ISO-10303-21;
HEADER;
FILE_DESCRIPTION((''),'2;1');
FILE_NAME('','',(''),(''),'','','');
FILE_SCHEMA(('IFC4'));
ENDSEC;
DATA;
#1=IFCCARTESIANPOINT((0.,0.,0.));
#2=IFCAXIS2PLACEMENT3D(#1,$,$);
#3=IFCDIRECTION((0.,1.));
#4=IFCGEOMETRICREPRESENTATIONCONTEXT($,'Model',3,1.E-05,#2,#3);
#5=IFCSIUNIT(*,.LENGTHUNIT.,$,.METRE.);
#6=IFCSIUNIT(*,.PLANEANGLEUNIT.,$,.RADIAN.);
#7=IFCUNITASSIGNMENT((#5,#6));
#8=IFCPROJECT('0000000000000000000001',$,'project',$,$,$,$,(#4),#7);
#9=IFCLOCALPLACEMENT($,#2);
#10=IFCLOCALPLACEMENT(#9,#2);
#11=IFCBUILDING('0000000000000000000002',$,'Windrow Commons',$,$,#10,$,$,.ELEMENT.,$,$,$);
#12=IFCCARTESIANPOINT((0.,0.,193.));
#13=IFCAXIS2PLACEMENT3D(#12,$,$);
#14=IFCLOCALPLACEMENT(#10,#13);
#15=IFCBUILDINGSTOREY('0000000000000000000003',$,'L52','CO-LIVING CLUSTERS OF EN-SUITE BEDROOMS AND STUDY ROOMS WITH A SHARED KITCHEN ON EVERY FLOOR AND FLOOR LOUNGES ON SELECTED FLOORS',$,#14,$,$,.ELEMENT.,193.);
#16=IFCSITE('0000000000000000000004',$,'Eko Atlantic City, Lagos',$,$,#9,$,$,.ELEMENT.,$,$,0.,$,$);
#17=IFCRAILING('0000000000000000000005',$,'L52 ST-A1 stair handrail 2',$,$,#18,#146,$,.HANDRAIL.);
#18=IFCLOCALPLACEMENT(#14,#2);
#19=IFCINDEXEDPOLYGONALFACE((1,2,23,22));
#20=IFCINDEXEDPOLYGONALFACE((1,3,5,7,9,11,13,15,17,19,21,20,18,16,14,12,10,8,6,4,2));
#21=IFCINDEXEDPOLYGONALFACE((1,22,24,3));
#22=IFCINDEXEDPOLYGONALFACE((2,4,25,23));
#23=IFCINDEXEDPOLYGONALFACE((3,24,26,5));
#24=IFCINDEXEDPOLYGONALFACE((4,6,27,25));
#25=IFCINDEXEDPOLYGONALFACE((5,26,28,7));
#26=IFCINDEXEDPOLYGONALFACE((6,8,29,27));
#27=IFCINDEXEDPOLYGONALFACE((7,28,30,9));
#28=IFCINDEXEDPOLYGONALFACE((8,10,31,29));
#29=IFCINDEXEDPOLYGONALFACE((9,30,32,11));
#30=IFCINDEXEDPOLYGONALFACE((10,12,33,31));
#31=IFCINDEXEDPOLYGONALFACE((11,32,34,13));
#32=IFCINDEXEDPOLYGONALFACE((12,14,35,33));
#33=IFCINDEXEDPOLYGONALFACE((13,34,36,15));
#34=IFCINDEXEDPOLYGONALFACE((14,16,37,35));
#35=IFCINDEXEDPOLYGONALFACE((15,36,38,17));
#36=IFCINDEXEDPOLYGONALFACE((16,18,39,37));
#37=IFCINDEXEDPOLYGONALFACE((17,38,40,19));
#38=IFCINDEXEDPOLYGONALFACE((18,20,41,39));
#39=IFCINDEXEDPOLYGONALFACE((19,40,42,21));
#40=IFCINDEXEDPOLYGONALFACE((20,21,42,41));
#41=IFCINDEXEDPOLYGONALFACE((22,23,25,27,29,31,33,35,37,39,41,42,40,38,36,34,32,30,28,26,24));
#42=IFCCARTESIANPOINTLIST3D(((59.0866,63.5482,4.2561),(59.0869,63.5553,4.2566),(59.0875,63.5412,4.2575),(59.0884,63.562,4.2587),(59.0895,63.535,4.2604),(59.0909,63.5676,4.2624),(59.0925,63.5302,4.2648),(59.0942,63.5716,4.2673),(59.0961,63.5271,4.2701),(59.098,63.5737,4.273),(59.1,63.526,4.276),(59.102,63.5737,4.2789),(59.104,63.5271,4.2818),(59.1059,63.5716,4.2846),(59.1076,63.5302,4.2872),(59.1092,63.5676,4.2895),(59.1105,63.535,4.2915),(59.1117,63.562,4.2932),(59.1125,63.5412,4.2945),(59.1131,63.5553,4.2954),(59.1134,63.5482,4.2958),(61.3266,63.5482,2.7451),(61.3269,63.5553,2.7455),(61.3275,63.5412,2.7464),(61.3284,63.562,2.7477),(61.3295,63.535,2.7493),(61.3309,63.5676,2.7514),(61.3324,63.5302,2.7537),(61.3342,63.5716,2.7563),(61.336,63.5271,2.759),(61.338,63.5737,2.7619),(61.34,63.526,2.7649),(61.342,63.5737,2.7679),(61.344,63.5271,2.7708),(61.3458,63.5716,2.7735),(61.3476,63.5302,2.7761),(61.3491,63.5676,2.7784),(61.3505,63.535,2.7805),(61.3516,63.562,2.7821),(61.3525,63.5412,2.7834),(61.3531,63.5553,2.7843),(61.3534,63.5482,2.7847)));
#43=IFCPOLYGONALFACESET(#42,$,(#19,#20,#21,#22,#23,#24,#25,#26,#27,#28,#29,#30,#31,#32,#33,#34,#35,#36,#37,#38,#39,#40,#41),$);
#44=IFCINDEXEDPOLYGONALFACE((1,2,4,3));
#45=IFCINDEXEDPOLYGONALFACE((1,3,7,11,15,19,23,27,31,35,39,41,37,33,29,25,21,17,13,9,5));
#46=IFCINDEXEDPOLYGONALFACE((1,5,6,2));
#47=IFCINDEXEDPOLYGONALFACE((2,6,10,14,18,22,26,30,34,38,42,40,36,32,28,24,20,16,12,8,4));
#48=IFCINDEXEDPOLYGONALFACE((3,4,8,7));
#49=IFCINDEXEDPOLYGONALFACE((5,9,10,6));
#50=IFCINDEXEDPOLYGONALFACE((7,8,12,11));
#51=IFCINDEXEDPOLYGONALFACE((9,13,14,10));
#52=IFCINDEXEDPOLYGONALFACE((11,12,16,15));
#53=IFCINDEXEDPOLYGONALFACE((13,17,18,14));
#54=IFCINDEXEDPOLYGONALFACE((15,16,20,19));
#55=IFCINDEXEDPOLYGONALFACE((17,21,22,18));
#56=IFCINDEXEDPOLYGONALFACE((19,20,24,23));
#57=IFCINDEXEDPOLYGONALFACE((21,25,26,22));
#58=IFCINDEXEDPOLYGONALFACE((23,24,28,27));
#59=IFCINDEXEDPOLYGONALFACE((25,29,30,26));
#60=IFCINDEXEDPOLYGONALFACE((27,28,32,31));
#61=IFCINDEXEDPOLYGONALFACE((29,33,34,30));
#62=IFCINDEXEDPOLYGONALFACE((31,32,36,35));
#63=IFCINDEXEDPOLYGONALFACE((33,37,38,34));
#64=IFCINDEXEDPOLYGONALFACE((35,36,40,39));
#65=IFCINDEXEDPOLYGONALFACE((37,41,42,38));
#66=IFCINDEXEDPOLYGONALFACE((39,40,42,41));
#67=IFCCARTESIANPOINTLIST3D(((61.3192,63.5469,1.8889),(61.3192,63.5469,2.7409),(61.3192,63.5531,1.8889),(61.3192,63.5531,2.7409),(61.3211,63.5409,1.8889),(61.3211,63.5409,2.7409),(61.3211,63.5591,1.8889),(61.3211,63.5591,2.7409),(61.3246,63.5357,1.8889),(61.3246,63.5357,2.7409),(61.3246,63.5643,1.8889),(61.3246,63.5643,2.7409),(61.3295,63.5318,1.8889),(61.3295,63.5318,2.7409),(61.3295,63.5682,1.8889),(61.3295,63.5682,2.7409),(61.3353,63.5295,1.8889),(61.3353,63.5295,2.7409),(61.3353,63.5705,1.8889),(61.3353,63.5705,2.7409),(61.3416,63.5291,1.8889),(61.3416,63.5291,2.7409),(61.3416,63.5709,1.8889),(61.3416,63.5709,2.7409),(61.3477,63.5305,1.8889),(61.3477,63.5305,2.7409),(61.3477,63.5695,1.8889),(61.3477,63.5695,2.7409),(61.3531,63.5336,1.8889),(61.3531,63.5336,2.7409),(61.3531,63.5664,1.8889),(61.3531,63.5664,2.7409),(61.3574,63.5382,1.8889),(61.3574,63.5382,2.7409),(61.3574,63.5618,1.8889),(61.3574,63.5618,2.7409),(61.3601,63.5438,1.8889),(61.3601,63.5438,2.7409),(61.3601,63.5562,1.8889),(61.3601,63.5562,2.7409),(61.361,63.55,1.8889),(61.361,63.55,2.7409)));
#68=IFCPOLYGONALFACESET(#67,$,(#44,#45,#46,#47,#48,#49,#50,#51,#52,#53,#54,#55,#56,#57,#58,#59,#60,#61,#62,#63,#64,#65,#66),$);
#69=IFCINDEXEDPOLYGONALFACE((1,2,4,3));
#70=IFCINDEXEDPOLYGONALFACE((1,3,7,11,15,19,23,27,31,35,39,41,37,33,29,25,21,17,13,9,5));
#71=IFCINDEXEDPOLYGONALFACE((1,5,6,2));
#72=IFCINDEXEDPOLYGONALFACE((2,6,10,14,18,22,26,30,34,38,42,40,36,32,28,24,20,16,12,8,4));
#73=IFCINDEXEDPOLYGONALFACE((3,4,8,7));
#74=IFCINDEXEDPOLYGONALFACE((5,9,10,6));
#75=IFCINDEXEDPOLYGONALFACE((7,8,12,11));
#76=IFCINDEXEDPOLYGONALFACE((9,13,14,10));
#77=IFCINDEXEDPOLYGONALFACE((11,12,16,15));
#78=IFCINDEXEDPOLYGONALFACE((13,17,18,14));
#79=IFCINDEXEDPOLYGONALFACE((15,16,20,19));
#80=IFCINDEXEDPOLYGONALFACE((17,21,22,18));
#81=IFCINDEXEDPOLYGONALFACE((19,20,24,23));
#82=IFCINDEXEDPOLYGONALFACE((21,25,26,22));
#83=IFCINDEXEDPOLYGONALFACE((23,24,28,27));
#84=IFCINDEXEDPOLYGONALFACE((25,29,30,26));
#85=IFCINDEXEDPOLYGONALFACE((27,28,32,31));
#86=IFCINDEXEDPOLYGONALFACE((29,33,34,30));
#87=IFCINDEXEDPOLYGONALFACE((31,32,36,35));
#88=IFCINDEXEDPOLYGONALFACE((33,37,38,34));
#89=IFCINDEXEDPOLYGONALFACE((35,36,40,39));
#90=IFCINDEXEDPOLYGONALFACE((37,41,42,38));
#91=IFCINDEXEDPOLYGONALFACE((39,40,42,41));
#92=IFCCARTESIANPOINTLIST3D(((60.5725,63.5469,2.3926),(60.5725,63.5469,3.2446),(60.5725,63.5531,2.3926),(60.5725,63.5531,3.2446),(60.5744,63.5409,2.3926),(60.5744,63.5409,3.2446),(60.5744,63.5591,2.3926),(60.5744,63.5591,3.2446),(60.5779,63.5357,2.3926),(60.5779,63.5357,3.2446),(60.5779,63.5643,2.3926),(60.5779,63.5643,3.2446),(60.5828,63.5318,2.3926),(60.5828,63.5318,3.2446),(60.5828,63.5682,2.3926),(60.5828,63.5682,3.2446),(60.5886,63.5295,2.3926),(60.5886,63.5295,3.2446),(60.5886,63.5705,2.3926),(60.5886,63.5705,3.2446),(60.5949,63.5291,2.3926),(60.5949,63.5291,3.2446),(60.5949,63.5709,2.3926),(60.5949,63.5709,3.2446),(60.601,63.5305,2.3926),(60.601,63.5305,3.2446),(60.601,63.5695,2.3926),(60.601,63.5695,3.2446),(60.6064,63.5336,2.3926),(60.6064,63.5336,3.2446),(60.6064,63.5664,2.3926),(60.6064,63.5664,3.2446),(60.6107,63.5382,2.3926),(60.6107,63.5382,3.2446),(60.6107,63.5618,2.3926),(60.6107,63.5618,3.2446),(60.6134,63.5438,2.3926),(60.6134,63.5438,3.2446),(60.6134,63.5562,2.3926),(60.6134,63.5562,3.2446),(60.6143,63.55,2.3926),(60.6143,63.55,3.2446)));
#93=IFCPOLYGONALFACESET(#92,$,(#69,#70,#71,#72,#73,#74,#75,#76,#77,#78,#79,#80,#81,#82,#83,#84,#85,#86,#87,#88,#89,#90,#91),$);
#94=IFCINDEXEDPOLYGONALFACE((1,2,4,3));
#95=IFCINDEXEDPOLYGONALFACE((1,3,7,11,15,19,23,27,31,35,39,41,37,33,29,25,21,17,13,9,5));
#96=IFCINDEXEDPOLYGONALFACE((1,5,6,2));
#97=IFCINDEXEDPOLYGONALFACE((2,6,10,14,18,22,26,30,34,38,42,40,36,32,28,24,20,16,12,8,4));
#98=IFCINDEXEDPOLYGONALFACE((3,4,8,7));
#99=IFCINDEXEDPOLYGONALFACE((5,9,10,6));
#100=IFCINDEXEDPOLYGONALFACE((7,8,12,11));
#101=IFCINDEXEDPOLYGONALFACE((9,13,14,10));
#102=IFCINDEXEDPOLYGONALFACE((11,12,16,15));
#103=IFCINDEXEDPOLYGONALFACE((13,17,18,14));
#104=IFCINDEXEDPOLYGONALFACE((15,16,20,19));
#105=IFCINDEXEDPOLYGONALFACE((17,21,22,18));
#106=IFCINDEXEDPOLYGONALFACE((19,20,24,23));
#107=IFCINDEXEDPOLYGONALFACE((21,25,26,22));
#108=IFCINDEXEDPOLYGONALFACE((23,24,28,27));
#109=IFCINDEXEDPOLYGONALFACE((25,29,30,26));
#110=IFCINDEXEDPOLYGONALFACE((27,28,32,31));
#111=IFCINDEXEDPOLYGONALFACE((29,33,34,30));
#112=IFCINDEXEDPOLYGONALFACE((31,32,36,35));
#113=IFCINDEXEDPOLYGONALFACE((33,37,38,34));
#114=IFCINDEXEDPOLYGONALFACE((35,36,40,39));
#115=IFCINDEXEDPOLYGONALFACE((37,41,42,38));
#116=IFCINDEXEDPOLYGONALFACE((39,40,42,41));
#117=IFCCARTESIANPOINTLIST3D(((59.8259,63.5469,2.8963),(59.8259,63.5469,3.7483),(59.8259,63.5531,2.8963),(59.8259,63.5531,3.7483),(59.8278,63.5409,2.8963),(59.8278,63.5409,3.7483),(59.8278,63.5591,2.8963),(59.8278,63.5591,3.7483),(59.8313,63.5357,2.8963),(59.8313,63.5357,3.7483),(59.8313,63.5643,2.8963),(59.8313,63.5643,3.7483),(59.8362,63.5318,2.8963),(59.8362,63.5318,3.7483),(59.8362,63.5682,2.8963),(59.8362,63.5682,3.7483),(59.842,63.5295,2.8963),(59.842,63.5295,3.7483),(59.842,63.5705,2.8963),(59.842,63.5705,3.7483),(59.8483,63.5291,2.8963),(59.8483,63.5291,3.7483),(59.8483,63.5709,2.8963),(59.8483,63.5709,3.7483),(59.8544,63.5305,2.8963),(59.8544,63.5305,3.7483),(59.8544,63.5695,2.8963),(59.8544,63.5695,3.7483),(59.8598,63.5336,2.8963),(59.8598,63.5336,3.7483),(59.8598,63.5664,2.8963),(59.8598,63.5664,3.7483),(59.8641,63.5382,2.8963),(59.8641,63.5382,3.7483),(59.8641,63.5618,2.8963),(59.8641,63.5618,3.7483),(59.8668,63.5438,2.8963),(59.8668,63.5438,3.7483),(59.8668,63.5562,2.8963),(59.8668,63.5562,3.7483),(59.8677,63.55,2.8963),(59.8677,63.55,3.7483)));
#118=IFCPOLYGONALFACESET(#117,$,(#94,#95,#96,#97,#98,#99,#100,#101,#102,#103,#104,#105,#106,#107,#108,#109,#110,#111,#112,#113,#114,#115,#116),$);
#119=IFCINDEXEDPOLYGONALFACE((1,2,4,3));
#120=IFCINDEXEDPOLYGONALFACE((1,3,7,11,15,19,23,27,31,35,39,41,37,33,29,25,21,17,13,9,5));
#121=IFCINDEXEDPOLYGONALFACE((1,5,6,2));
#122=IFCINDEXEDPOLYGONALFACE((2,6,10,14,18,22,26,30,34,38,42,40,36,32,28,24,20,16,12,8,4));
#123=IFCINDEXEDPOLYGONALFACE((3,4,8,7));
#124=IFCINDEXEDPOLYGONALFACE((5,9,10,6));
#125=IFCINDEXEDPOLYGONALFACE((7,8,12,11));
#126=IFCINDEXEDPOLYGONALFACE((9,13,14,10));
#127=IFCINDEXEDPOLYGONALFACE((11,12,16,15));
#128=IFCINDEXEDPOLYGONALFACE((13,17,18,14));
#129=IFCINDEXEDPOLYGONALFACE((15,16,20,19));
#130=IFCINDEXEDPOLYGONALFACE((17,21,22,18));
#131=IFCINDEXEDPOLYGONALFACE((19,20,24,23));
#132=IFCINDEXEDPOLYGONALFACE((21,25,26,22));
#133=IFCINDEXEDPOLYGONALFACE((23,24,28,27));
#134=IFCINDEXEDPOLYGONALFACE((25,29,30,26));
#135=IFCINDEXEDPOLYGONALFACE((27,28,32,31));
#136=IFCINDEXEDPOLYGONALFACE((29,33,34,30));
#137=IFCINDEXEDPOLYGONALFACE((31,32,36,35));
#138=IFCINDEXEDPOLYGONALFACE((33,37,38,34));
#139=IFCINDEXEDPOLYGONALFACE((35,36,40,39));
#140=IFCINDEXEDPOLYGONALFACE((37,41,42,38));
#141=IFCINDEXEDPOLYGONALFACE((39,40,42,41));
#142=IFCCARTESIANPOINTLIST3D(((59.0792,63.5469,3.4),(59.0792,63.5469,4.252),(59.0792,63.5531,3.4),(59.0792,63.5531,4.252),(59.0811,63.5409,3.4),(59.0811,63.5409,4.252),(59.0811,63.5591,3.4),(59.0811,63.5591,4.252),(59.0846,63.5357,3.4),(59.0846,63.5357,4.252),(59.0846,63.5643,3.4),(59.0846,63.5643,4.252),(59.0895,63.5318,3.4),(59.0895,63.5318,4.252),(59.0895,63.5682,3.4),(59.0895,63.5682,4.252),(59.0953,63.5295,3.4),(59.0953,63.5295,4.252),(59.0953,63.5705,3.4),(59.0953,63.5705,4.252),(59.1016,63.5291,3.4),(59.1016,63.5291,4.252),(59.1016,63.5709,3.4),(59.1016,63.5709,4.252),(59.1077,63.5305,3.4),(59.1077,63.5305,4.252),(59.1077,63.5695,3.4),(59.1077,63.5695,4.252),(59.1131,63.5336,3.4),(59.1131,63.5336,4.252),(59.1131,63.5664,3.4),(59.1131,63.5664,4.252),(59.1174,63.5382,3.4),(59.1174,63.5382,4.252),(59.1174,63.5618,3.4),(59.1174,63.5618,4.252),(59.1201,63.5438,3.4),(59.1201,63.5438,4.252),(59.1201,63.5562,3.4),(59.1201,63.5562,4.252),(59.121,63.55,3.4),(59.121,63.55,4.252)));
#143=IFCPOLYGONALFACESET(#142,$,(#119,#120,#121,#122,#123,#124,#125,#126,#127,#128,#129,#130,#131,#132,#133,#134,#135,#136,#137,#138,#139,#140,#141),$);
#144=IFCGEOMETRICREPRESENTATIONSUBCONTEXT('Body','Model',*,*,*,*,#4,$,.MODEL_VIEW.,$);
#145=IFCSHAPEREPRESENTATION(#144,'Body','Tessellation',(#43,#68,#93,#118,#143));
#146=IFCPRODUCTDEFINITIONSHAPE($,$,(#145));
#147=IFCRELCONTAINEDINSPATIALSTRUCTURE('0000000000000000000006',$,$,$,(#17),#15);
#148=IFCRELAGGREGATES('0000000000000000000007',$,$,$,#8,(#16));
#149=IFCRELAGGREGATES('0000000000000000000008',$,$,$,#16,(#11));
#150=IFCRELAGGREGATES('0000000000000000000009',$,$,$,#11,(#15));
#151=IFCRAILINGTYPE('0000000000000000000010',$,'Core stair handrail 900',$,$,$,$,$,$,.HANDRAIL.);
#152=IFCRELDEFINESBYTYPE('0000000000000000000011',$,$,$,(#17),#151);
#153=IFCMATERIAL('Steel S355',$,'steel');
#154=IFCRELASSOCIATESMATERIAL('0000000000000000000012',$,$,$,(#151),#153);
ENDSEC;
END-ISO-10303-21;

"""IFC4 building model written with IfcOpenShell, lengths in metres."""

from ifc_helpers import new_model, si_unit, direction, frame, origin, origin_2d, place, context, subcontext, project, spatial, circle, extrude, material, type_object, element, save


model = new_model("IFC4")

# Units and contexts
model_context = context("Model", 3, precision=1e-05, world=origin(), true_north=direction((0.0, 1.0)))
body_context = subcontext(model_context, "Body", "Model", "MODEL_VIEW")
ifc_project = project(units=[si_unit("LENGTHUNIT", "METRE"), si_unit("PLANEANGLEUNIT", "RADIAN")], contexts=[model_context])

# Site, building, storey
site_placement = place(None, origin())
site = spatial("IfcSite", under=ifc_project, at=site_placement, Name="Eko Atlantic City, Lagos", CompositionType="ELEMENT", RefElevation=0.0)
building_placement = place(site_placement, origin())
building = spatial("IfcBuilding", under=site, at=building_placement, Name="Windrow Commons", CompositionType="ELEMENT")
storey_placement = place(building_placement, frame((0.0, 0.0, 193.0)))
storey = spatial("IfcBuildingStorey", under=building, at=storey_placement, Name="L52", Description="CO-LIVING CLUSTERS OF EN-SUITE BEDROOMS AND STUDY ROOMS WITH A SHARED KITCHEN ON EVERY FLOOR AND FLOOR LOUNGES ON SELECTED FLOORS", CompositionType="ELEMENT", Elevation=193.0)

# Railing
ifc_material_1 = material(Name="Steel S355", Category="steel")
railing_type_1 = type_object("IfcRailingType", Name="Core stair handrail 900", PredefinedType="HANDRAIL", material=ifc_material_1)
railing_1_placement = place(storey_placement, frame((61.34, 63.55, 1.8889)))
element("IfcRailing", 1, at=railing_1_placement, inside=storey, type_object=railing_type_1, Name="L52 ST-A1 stair handrail 2", PredefinedType="HANDRAIL", context=body_context, shape_type="SweptSolid", body=[
    extrude(circle(Radius=0.024, at=origin_2d()), frame((0.0, 0.0, 0.876), z_axis=(-0.829003, 0.0, 0.559244), x_axis=(0.0, -1.0, 0.0)), (0.0, 0.0, 1.0), 2.702),
    extrude(circle(Radius=0.021, at=origin_2d()), origin(), (0.0, 0.0, 1.0), 0.852),
    extrude(circle(Radius=0.021, at=origin_2d()), frame((-0.7467, 0.0, 0.5037)), (0.0, 0.0, 1.0), 0.852),
    extrude(circle(Radius=0.021, at=origin_2d()), frame((-1.4933, 0.0, 1.0074)), (0.0, 0.0, 1.0), 0.852),
    extrude(circle(Radius=0.021, at=origin_2d()), frame((-2.24, 0.0, 1.5111)), (0.0, 0.0, 1.0), 0.852),
])

save(model, "model.ifc")
